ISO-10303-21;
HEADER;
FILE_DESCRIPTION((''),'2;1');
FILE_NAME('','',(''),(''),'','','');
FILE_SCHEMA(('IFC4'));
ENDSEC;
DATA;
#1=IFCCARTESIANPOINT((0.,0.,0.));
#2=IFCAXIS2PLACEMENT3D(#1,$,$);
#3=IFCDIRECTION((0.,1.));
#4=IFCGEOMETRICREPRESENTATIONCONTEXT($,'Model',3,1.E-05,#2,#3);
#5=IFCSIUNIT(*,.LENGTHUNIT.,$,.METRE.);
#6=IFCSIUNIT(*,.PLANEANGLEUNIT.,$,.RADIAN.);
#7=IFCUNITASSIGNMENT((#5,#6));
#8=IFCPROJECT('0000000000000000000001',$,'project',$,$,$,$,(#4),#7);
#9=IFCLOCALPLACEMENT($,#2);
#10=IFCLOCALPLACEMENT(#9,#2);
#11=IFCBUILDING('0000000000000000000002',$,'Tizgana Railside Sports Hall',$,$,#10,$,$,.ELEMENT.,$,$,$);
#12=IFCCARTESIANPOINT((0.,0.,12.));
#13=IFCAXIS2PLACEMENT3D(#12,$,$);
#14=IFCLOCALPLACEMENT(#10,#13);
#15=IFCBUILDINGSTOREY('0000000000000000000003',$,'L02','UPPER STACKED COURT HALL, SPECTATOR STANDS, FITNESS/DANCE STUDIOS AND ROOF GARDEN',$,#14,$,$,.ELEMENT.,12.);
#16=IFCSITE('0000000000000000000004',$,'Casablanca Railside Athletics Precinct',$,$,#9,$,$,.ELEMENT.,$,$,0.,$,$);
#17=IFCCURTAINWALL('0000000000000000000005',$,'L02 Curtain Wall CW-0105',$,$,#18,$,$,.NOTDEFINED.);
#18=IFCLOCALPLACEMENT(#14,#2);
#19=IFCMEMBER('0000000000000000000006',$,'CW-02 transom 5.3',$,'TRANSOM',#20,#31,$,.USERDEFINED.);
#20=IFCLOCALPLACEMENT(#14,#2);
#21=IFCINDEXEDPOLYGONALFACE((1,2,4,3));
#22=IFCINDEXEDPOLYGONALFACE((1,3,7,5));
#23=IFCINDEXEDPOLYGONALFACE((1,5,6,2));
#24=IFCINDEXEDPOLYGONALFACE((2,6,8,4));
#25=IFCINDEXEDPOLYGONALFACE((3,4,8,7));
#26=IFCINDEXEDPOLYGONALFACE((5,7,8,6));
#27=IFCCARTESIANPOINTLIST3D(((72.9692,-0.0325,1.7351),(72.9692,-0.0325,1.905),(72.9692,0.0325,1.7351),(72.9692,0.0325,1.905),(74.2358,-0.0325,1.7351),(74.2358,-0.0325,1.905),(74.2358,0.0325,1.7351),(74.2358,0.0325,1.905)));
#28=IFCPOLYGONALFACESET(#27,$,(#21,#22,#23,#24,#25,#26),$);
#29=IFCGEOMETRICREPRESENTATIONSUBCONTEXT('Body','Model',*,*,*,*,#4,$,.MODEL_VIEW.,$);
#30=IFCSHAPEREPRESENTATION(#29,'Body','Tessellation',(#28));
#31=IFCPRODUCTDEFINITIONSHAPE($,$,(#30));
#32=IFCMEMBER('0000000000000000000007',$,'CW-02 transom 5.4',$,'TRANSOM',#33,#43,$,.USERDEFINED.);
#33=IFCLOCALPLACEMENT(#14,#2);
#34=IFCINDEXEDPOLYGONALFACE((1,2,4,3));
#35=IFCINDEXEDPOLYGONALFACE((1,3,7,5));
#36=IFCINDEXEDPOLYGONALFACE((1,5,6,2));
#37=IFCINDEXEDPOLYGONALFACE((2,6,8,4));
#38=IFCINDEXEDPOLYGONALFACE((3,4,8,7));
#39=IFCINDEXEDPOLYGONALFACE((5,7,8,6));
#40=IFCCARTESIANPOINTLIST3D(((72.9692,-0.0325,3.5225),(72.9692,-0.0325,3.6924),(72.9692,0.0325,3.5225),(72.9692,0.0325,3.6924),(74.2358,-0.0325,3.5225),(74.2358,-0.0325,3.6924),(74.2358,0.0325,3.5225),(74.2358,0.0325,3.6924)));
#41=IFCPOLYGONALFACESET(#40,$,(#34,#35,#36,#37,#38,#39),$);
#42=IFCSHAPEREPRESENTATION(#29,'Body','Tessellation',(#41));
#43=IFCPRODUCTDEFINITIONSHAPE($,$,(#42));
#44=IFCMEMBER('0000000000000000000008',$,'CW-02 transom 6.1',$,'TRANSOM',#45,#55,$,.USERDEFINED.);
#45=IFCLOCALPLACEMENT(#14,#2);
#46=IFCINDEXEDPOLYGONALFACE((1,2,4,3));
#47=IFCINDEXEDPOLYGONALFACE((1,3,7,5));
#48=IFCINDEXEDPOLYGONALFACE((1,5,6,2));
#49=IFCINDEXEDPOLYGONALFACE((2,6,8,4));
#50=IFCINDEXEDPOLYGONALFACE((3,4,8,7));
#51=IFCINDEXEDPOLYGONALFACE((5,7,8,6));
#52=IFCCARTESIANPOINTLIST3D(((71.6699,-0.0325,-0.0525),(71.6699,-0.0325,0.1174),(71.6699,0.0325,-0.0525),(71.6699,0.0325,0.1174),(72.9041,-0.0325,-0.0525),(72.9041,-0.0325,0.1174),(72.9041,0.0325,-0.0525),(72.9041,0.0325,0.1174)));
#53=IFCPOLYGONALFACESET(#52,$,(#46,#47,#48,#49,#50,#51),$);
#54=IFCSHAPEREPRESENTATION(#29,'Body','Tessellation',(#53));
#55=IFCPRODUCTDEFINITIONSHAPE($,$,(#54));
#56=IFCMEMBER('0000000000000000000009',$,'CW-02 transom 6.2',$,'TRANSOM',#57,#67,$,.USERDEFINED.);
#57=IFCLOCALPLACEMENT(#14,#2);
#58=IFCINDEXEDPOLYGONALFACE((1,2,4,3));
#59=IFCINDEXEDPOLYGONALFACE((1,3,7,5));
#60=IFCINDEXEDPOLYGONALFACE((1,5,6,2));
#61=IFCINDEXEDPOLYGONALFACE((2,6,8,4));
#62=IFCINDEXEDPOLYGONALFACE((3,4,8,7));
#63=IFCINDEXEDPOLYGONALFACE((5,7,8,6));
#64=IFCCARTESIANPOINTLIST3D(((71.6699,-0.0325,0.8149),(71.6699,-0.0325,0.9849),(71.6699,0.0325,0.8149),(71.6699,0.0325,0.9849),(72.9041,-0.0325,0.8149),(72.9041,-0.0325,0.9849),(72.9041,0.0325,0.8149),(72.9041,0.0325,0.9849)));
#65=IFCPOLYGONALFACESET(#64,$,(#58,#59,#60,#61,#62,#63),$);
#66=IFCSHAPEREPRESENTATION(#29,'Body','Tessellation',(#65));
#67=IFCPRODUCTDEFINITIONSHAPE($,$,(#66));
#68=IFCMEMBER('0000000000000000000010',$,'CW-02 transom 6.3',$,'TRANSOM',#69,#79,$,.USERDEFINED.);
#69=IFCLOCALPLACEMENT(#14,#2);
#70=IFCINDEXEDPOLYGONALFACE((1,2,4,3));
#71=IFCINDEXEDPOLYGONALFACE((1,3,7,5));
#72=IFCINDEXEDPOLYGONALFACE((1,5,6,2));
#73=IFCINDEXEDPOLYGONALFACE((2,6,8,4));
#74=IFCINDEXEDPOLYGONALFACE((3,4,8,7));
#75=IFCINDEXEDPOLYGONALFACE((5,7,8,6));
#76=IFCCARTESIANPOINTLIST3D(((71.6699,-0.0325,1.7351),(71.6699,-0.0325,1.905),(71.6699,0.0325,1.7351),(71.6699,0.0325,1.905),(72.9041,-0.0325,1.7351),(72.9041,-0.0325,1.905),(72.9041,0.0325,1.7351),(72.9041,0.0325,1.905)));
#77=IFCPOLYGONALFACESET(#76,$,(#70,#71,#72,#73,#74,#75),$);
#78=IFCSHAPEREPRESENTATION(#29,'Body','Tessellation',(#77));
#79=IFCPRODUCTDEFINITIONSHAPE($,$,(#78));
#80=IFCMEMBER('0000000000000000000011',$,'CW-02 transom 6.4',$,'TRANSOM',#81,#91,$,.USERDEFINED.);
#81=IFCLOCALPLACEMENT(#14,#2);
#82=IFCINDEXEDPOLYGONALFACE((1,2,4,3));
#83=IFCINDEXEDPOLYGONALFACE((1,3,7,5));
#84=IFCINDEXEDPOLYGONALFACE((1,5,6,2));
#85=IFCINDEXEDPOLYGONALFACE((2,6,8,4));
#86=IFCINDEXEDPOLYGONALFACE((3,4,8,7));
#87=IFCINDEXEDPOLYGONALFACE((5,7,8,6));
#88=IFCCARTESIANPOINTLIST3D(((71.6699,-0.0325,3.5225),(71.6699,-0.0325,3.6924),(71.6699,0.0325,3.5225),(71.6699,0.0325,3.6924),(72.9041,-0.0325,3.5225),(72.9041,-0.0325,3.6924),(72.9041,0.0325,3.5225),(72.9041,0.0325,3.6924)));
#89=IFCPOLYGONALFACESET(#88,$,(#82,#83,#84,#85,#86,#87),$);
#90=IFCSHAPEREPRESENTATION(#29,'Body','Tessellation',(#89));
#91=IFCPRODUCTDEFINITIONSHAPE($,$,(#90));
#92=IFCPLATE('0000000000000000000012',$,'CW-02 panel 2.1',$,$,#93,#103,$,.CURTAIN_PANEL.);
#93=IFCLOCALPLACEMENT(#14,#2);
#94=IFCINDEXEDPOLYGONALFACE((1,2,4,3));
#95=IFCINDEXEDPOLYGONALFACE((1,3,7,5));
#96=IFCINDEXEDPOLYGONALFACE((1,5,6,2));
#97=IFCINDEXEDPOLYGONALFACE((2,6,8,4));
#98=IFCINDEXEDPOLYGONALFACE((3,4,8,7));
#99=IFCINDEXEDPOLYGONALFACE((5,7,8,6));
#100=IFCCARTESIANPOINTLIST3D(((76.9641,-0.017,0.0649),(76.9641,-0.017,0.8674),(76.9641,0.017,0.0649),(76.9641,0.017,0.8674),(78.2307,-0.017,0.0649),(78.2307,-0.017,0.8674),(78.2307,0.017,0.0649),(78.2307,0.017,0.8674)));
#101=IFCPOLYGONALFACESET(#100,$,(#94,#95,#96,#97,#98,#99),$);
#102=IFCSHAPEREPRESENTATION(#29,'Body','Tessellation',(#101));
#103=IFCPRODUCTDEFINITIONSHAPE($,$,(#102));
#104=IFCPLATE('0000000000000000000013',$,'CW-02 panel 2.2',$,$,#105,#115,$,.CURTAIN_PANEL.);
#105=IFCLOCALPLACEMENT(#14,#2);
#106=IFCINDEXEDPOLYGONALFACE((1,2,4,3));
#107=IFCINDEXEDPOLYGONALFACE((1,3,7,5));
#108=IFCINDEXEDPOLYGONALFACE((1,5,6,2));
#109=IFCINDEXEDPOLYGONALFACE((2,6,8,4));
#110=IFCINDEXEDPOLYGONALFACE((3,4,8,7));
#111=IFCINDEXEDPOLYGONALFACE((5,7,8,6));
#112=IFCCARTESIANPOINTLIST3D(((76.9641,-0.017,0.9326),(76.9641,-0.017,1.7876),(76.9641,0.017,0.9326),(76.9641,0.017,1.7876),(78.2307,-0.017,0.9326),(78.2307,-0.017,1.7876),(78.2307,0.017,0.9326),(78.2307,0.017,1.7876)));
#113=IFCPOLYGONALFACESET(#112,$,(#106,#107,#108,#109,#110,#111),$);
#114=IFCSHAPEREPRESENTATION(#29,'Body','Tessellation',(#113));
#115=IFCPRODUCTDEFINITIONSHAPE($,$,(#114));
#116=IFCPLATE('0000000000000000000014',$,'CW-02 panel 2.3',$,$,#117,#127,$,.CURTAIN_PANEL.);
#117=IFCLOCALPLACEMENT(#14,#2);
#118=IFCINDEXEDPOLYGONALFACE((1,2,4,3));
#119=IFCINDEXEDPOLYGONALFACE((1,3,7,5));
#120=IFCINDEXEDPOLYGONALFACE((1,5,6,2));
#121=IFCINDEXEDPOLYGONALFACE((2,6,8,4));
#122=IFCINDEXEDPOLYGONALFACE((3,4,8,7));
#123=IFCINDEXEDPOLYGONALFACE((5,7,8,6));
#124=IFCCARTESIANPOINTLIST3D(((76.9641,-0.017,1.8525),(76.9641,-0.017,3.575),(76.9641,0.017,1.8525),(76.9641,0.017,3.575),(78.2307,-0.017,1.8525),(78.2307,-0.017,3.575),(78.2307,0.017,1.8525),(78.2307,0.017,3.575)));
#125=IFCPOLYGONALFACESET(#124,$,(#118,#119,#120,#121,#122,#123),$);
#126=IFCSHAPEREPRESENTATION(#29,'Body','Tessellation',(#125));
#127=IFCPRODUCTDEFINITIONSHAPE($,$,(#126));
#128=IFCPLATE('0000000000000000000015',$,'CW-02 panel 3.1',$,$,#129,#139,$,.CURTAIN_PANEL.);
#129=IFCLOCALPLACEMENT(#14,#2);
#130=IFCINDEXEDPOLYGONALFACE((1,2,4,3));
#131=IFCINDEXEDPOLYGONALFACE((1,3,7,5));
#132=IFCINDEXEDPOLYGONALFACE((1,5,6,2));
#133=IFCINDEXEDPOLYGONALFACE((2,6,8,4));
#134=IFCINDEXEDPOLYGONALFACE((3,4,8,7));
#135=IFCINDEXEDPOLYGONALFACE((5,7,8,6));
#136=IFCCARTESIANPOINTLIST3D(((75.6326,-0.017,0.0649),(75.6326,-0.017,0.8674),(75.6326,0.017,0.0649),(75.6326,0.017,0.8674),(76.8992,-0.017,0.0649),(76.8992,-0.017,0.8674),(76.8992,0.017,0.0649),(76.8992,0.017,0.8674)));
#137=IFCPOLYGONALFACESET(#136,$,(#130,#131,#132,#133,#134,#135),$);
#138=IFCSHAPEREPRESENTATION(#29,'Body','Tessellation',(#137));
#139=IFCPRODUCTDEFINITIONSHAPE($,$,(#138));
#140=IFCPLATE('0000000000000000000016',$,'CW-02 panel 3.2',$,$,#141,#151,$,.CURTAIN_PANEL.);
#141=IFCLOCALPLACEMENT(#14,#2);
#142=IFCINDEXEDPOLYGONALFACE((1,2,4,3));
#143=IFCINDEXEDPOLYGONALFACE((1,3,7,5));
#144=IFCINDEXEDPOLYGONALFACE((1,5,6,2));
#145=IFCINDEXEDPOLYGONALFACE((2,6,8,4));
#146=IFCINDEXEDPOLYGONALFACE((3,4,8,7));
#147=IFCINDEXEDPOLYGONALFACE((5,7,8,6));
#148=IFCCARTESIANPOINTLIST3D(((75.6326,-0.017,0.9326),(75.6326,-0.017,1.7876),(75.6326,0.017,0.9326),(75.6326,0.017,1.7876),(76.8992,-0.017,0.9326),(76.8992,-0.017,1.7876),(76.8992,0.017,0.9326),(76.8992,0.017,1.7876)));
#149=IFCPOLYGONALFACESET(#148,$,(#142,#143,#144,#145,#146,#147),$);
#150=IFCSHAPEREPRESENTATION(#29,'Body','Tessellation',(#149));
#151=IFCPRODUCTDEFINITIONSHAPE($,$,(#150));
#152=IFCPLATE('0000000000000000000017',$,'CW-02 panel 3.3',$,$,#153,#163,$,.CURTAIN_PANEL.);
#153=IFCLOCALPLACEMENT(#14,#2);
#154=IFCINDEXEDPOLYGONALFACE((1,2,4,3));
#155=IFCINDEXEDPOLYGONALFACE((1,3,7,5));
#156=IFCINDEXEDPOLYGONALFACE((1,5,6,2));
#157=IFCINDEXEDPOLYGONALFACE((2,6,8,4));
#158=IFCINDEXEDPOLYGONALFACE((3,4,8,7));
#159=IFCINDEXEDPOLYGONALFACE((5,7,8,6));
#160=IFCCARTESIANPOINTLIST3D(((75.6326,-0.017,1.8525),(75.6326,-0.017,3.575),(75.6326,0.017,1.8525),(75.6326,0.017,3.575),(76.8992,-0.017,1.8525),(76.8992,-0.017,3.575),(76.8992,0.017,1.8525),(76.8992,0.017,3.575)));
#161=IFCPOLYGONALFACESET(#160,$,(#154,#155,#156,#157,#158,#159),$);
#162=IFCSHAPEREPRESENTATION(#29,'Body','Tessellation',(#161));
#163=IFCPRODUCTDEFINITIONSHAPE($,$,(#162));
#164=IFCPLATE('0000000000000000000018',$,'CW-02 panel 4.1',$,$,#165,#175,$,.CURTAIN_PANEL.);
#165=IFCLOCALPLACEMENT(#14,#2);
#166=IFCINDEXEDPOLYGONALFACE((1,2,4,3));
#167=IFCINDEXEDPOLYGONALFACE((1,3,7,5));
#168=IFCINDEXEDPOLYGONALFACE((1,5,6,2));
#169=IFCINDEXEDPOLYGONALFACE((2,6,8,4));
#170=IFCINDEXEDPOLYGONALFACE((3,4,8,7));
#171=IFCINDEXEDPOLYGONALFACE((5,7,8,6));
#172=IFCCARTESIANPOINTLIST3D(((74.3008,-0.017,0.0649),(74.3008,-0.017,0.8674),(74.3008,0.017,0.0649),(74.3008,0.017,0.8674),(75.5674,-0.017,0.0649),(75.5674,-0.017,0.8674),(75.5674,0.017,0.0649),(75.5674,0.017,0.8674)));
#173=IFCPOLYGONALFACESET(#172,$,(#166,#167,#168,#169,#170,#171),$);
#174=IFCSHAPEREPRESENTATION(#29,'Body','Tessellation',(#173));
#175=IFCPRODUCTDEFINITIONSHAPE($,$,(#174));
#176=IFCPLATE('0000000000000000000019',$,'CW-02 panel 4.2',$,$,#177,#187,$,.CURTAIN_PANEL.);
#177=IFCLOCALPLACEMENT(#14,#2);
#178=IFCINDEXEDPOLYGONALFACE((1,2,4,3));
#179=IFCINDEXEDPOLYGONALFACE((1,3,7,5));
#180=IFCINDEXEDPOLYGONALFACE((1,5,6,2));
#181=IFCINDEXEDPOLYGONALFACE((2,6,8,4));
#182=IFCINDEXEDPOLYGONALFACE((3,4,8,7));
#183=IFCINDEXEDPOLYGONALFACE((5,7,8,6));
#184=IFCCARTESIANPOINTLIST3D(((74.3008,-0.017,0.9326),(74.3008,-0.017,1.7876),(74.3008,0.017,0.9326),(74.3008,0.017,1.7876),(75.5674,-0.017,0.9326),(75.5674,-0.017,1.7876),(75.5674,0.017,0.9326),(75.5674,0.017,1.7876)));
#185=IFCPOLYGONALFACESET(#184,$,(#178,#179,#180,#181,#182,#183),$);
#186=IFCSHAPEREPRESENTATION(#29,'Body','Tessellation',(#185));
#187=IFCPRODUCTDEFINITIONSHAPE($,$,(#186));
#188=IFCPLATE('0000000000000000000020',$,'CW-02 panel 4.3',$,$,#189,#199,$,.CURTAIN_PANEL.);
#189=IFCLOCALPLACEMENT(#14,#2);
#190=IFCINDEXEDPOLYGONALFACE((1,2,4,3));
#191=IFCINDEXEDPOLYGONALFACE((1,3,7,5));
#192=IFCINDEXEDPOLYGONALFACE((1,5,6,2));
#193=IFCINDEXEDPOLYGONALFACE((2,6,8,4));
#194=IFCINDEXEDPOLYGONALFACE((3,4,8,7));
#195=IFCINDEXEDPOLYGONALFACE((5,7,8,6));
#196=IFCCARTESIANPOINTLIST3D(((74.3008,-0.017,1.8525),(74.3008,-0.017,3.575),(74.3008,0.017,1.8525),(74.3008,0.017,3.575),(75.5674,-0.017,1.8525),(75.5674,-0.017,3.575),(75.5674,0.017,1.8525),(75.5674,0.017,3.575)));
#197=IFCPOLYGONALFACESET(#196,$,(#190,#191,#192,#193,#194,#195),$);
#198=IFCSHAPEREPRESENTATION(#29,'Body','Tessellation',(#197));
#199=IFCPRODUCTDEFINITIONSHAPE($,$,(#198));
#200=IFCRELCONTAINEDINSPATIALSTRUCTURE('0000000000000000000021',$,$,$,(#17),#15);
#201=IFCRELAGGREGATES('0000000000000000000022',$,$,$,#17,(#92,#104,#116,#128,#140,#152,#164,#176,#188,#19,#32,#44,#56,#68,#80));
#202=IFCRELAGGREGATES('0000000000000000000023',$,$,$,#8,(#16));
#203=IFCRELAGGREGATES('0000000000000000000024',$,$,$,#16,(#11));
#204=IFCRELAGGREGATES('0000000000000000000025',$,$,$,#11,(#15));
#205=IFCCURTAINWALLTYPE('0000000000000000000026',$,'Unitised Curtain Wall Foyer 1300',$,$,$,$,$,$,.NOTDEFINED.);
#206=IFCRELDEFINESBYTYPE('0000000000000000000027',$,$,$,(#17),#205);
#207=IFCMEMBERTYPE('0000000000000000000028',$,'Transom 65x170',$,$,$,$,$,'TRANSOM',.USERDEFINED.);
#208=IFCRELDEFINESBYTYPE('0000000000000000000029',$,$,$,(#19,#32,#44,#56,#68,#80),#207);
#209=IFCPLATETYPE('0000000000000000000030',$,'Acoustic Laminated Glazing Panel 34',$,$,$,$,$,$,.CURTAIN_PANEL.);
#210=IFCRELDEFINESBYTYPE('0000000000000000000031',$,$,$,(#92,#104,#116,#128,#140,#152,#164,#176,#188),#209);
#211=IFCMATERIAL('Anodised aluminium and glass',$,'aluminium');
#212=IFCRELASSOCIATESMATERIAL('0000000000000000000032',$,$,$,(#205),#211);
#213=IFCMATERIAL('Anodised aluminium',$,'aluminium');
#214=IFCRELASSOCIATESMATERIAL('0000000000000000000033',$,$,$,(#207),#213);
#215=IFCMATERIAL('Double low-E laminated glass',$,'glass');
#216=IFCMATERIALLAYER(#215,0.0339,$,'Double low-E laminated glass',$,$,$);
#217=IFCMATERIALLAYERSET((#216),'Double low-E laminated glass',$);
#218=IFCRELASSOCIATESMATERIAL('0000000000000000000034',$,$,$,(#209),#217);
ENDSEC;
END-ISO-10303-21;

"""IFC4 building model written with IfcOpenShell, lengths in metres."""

from ifc_helpers import new_model, si_unit, direction, frame, origin, origin_2d, place, context, subcontext, project, spatial, rectangle, extrude, material, layer, layer_set, material_profile, profile_set, type_object, element, aggregate, save


model = new_model("IFC4")

# Units and contexts
model_context = context("Model", 3, precision=1e-05, world=origin(), true_north=direction((0.0, 1.0)))
body_context = subcontext(model_context, "Body", "Model", "MODEL_VIEW")
ifc_project = project(units=[si_unit("LENGTHUNIT", "METRE"), si_unit("PLANEANGLEUNIT", "RADIAN")], contexts=[model_context])

# Site, building, storey
site_placement = place(None, origin())
site = spatial("IfcSite", under=ifc_project, at=site_placement, Name="Casablanca Railside Athletics Precinct", CompositionType="ELEMENT", RefElevation=0.0)
building_placement = place(site_placement, origin())
building = spatial("IfcBuilding", under=site, at=building_placement, Name="Tizgana Railside Sports Hall", CompositionType="ELEMENT")
storey_placement = place(building_placement, frame((0.0, 0.0, 12.0)))
storey = spatial("IfcBuildingStorey", under=building, at=storey_placement, Name="L02", Description="UPPER STACKED COURT HALL, SPECTATOR STANDS, FITNESS/DANCE STUDIOS AND ROOF GARDEN", CompositionType="ELEMENT", Elevation=12.0)

# Curtain wall, members, plates
ifc_material_1 = material(Name="Anodised aluminium and glass", Category="aluminium")
curtain_wall_type = type_object("IfcCurtainWallType", Name="Unitised Curtain Wall Foyer 1300", PredefinedType="NOTDEFINED", material=ifc_material_1)
curtain_wall_placement = place(storey_placement, origin())
curtain_wall = element("IfcCurtainWall", 1, at=curtain_wall_placement, inside=storey, type_object=curtain_wall_type, Name="L02 Curtain Wall CW-0105", PredefinedType="NOTDEFINED")
ifc_material_2 = material(Name="Anodised aluminium", Category="aluminium")
ifc_material_profile_1 = material_profile(ifc_material_2, rectangle(XDim=0.0649, YDim=0.1699, at=origin_2d()), Name="Transom 65x170")
ifc_profile_set_1 = profile_set([ifc_material_profile_1], Name="Anodised aluminium")
member_type_1 = type_object("IfcMemberType", Name="Transom 65x170", ElementType="TRANSOM", PredefinedType="USERDEFINED", material=ifc_profile_set_1)
member_1_placement = place(storey_placement, frame((74.2358, 0.0, 1.8201), z_axis=(-1.0, 0.0, 0.0), x_axis=(0.0, -1.0, 0.0)))
member_1 = element("IfcMember", 2, at=member_1_placement, type_object=member_type_1, Name="CW-02 transom 5.3", ObjectType="TRANSOM", PredefinedType="USERDEFINED", context=body_context, shape_type="SweptSolid", body=[
    extrude(rectangle(XDim=0.0649, YDim=0.1699, at=origin_2d()), origin(), (0.0, 0.0, 1.0), 1.2666),
])
member_2_placement = place(storey_placement, frame((74.2358, 0.0, 3.6074), z_axis=(-1.0, 0.0, 0.0), x_axis=(0.0, -1.0, 0.0)))
member_2 = element("IfcMember", 3, at=member_2_placement, type_object=member_type_1, Name="CW-02 transom 5.4", ObjectType="TRANSOM", PredefinedType="USERDEFINED", context=body_context, shape_type="SweptSolid", body=[
    extrude(rectangle(XDim=0.0649, YDim=0.1699, at=origin_2d()), origin(), (0.0, 0.0, 1.0), 1.2666),
])
member_3_placement = place(storey_placement, frame((72.9041, 0.0, 0.0325), z_axis=(-1.0, 0.0, 0.0), x_axis=(0.0, -1.0, 0.0)))
member_3 = element("IfcMember", 4, at=member_3_placement, type_object=member_type_1, Name="CW-02 transom 6.1", ObjectType="TRANSOM", PredefinedType="USERDEFINED", context=body_context, shape_type="SweptSolid", body=[
    extrude(rectangle(XDim=0.0649, YDim=0.1699, at=origin_2d()), origin(), (0.0, 0.0, 1.0), 1.2341),
])
member_4_placement = place(storey_placement, frame((72.9041, 0.0, 0.8999), z_axis=(-1.0, 0.0, 0.0), x_axis=(0.0, -1.0, 0.0)))
member_4 = element("IfcMember", 5, at=member_4_placement, type_object=member_type_1, Name="CW-02 transom 6.2", ObjectType="TRANSOM", PredefinedType="USERDEFINED", context=body_context, shape_type="SweptSolid", body=[
    extrude(rectangle(XDim=0.0649, YDim=0.1699, at=origin_2d()), origin(), (0.0, 0.0, 1.0), 1.2341),
])
member_5_placement = place(storey_placement, frame((72.9041, 0.0, 1.8201), z_axis=(-1.0, 0.0, 0.0), x_axis=(0.0, -1.0, 0.0)))
member_5 = element("IfcMember", 6, at=member_5_placement, type_object=member_type_1, Name="CW-02 transom 6.3", ObjectType="TRANSOM", PredefinedType="USERDEFINED", context=body_context, shape_type="SweptSolid", body=[
    extrude(rectangle(XDim=0.0649, YDim=0.1699, at=origin_2d()), origin(), (0.0, 0.0, 1.0), 1.2341),
])
member_6_placement = place(storey_placement, frame((72.9041, 0.0, 3.6074), z_axis=(-1.0, 0.0, 0.0), x_axis=(0.0, -1.0, 0.0)))
member_6 = element("IfcMember", 7, at=member_6_placement, type_object=member_type_1, Name="CW-02 transom 6.4", ObjectType="TRANSOM", PredefinedType="USERDEFINED", context=body_context, shape_type="SweptSolid", body=[
    extrude(rectangle(XDim=0.0649, YDim=0.1699, at=origin_2d()), origin(), (0.0, 0.0, 1.0), 1.2341),
])
ifc_material_3 = material(Name="Double low-E laminated glass", Category="glass")
ifc_layer_1 = layer(ifc_material_3, 0.0339, Name="Double low-E laminated glass")
ifc_layer_set_1 = layer_set([ifc_layer_1], Name="Double low-E laminated glass")
plate_type = type_object("IfcPlateType", Name="Acoustic Laminated Glazing Panel 34", PredefinedType="CURTAIN_PANEL", material=ifc_layer_set_1)
plate_1_placement = place(storey_placement, frame((77.5974, 0.0, 0.0649), z_axis=(0.0, 0.0, 1.0), x_axis=(-1.0, 0.0, 0.0)))
plate_1 = element("IfcPlate", 8, at=plate_1_placement, type_object=plate_type, Name="CW-02 panel 2.1", PredefinedType="CURTAIN_PANEL", context=body_context, shape_type="SweptSolid", body=[
    extrude(rectangle(XDim=1.2666, YDim=0.0339, at=origin_2d()), origin(), (0.0, 0.0, 1.0), 0.8025),
])
plate_2_placement = place(storey_placement, frame((77.5974, 0.0, 0.9326), z_axis=(0.0, 0.0, 1.0), x_axis=(-1.0, 0.0, 0.0)))
plate_2 = element("IfcPlate", 9, at=plate_2_placement, type_object=plate_type, Name="CW-02 panel 2.2", PredefinedType="CURTAIN_PANEL", context=body_context, shape_type="SweptSolid", body=[
    extrude(rectangle(XDim=1.2666, YDim=0.0339, at=origin_2d()), origin(), (0.0, 0.0, 1.0), 0.855),
])
plate_3_placement = place(storey_placement, frame((77.5974, 0.0, 1.8525), z_axis=(0.0, 0.0, 1.0), x_axis=(-1.0, 0.0, 0.0)))
plate_3 = element("IfcPlate", 10, at=plate_3_placement, type_object=plate_type, Name="CW-02 panel 2.3", PredefinedType="CURTAIN_PANEL", context=body_context, shape_type="SweptSolid", body=[
    extrude(rectangle(XDim=1.2666, YDim=0.0339, at=origin_2d()), origin(), (0.0, 0.0, 1.0), 1.7224),
])
plate_4_placement = place(storey_placement, frame((76.2659, 0.0, 0.0649), z_axis=(0.0, 0.0, 1.0), x_axis=(-1.0, 0.0, 0.0)))
plate_4 = element("IfcPlate", 11, at=plate_4_placement, type_object=plate_type, Name="CW-02 panel 3.1", PredefinedType="CURTAIN_PANEL", context=body_context, shape_type="SweptSolid", body=[
    extrude(rectangle(XDim=1.2666, YDim=0.0339, at=origin_2d()), origin(), (0.0, 0.0, 1.0), 0.8025),
])
plate_5_placement = place(storey_placement, frame((76.2659, 0.0, 0.9326), z_axis=(0.0, 0.0, 1.0), x_axis=(-1.0, 0.0, 0.0)))
plate_5 = element("IfcPlate", 12, at=plate_5_placement, type_object=plate_type, Name="CW-02 panel 3.2", PredefinedType="CURTAIN_PANEL", context=body_context, shape_type="SweptSolid", body=[
    extrude(rectangle(XDim=1.2666, YDim=0.0339, at=origin_2d()), origin(), (0.0, 0.0, 1.0), 0.855),
])
plate_6_placement = place(storey_placement, frame((76.2659, 0.0, 1.8525), z_axis=(0.0, 0.0, 1.0), x_axis=(-1.0, 0.0, 0.0)))
plate_6 = element("IfcPlate", 13, at=plate_6_placement, type_object=plate_type, Name="CW-02 panel 3.3", PredefinedType="CURTAIN_PANEL", context=body_context, shape_type="SweptSolid", body=[
    extrude(rectangle(XDim=1.2666, YDim=0.0339, at=origin_2d()), origin(), (0.0, 0.0, 1.0), 1.7224),
])
plate_7_placement = place(storey_placement, frame((74.9341, 0.0, 0.0649), z_axis=(0.0, 0.0, 1.0), x_axis=(-1.0, 0.0, 0.0)))
plate_7 = element("IfcPlate", 14, at=plate_7_placement, type_object=plate_type, Name="CW-02 panel 4.1", PredefinedType="CURTAIN_PANEL", context=body_context, shape_type="SweptSolid", body=[
    extrude(rectangle(XDim=1.2666, YDim=0.0339, at=origin_2d()), origin(), (0.0, 0.0, 1.0), 0.8025),
])
plate_8_placement = place(storey_placement, frame((74.9341, 0.0, 0.9326), z_axis=(0.0, 0.0, 1.0), x_axis=(-1.0, 0.0, 0.0)))
plate_8 = element("IfcPlate", 15, at=plate_8_placement, type_object=plate_type, Name="CW-02 panel 4.2", PredefinedType="CURTAIN_PANEL", context=body_context, shape_type="SweptSolid", body=[
    extrude(rectangle(XDim=1.2666, YDim=0.0339, at=origin_2d()), origin(), (0.0, 0.0, 1.0), 0.855),
])
plate_9_placement = place(storey_placement, frame((74.9341, 0.0, 1.8525), z_axis=(0.0, 0.0, 1.0), x_axis=(-1.0, 0.0, 0.0)))
plate_9 = element("IfcPlate", 16, at=plate_9_placement, type_object=plate_type, Name="CW-02 panel 4.3", PredefinedType="CURTAIN_PANEL", context=body_context, shape_type="SweptSolid", body=[
    extrude(rectangle(XDim=1.2666, YDim=0.0339, at=origin_2d()), origin(), (0.0, 0.0, 1.0), 1.7224),
])
aggregate(curtain_wall, [plate_1, plate_2, plate_3, plate_4, plate_5, plate_6, plate_7, plate_8, plate_9, member_1, member_2, member_3, member_4, member_5, member_6])

save(model, "model.ifc")
